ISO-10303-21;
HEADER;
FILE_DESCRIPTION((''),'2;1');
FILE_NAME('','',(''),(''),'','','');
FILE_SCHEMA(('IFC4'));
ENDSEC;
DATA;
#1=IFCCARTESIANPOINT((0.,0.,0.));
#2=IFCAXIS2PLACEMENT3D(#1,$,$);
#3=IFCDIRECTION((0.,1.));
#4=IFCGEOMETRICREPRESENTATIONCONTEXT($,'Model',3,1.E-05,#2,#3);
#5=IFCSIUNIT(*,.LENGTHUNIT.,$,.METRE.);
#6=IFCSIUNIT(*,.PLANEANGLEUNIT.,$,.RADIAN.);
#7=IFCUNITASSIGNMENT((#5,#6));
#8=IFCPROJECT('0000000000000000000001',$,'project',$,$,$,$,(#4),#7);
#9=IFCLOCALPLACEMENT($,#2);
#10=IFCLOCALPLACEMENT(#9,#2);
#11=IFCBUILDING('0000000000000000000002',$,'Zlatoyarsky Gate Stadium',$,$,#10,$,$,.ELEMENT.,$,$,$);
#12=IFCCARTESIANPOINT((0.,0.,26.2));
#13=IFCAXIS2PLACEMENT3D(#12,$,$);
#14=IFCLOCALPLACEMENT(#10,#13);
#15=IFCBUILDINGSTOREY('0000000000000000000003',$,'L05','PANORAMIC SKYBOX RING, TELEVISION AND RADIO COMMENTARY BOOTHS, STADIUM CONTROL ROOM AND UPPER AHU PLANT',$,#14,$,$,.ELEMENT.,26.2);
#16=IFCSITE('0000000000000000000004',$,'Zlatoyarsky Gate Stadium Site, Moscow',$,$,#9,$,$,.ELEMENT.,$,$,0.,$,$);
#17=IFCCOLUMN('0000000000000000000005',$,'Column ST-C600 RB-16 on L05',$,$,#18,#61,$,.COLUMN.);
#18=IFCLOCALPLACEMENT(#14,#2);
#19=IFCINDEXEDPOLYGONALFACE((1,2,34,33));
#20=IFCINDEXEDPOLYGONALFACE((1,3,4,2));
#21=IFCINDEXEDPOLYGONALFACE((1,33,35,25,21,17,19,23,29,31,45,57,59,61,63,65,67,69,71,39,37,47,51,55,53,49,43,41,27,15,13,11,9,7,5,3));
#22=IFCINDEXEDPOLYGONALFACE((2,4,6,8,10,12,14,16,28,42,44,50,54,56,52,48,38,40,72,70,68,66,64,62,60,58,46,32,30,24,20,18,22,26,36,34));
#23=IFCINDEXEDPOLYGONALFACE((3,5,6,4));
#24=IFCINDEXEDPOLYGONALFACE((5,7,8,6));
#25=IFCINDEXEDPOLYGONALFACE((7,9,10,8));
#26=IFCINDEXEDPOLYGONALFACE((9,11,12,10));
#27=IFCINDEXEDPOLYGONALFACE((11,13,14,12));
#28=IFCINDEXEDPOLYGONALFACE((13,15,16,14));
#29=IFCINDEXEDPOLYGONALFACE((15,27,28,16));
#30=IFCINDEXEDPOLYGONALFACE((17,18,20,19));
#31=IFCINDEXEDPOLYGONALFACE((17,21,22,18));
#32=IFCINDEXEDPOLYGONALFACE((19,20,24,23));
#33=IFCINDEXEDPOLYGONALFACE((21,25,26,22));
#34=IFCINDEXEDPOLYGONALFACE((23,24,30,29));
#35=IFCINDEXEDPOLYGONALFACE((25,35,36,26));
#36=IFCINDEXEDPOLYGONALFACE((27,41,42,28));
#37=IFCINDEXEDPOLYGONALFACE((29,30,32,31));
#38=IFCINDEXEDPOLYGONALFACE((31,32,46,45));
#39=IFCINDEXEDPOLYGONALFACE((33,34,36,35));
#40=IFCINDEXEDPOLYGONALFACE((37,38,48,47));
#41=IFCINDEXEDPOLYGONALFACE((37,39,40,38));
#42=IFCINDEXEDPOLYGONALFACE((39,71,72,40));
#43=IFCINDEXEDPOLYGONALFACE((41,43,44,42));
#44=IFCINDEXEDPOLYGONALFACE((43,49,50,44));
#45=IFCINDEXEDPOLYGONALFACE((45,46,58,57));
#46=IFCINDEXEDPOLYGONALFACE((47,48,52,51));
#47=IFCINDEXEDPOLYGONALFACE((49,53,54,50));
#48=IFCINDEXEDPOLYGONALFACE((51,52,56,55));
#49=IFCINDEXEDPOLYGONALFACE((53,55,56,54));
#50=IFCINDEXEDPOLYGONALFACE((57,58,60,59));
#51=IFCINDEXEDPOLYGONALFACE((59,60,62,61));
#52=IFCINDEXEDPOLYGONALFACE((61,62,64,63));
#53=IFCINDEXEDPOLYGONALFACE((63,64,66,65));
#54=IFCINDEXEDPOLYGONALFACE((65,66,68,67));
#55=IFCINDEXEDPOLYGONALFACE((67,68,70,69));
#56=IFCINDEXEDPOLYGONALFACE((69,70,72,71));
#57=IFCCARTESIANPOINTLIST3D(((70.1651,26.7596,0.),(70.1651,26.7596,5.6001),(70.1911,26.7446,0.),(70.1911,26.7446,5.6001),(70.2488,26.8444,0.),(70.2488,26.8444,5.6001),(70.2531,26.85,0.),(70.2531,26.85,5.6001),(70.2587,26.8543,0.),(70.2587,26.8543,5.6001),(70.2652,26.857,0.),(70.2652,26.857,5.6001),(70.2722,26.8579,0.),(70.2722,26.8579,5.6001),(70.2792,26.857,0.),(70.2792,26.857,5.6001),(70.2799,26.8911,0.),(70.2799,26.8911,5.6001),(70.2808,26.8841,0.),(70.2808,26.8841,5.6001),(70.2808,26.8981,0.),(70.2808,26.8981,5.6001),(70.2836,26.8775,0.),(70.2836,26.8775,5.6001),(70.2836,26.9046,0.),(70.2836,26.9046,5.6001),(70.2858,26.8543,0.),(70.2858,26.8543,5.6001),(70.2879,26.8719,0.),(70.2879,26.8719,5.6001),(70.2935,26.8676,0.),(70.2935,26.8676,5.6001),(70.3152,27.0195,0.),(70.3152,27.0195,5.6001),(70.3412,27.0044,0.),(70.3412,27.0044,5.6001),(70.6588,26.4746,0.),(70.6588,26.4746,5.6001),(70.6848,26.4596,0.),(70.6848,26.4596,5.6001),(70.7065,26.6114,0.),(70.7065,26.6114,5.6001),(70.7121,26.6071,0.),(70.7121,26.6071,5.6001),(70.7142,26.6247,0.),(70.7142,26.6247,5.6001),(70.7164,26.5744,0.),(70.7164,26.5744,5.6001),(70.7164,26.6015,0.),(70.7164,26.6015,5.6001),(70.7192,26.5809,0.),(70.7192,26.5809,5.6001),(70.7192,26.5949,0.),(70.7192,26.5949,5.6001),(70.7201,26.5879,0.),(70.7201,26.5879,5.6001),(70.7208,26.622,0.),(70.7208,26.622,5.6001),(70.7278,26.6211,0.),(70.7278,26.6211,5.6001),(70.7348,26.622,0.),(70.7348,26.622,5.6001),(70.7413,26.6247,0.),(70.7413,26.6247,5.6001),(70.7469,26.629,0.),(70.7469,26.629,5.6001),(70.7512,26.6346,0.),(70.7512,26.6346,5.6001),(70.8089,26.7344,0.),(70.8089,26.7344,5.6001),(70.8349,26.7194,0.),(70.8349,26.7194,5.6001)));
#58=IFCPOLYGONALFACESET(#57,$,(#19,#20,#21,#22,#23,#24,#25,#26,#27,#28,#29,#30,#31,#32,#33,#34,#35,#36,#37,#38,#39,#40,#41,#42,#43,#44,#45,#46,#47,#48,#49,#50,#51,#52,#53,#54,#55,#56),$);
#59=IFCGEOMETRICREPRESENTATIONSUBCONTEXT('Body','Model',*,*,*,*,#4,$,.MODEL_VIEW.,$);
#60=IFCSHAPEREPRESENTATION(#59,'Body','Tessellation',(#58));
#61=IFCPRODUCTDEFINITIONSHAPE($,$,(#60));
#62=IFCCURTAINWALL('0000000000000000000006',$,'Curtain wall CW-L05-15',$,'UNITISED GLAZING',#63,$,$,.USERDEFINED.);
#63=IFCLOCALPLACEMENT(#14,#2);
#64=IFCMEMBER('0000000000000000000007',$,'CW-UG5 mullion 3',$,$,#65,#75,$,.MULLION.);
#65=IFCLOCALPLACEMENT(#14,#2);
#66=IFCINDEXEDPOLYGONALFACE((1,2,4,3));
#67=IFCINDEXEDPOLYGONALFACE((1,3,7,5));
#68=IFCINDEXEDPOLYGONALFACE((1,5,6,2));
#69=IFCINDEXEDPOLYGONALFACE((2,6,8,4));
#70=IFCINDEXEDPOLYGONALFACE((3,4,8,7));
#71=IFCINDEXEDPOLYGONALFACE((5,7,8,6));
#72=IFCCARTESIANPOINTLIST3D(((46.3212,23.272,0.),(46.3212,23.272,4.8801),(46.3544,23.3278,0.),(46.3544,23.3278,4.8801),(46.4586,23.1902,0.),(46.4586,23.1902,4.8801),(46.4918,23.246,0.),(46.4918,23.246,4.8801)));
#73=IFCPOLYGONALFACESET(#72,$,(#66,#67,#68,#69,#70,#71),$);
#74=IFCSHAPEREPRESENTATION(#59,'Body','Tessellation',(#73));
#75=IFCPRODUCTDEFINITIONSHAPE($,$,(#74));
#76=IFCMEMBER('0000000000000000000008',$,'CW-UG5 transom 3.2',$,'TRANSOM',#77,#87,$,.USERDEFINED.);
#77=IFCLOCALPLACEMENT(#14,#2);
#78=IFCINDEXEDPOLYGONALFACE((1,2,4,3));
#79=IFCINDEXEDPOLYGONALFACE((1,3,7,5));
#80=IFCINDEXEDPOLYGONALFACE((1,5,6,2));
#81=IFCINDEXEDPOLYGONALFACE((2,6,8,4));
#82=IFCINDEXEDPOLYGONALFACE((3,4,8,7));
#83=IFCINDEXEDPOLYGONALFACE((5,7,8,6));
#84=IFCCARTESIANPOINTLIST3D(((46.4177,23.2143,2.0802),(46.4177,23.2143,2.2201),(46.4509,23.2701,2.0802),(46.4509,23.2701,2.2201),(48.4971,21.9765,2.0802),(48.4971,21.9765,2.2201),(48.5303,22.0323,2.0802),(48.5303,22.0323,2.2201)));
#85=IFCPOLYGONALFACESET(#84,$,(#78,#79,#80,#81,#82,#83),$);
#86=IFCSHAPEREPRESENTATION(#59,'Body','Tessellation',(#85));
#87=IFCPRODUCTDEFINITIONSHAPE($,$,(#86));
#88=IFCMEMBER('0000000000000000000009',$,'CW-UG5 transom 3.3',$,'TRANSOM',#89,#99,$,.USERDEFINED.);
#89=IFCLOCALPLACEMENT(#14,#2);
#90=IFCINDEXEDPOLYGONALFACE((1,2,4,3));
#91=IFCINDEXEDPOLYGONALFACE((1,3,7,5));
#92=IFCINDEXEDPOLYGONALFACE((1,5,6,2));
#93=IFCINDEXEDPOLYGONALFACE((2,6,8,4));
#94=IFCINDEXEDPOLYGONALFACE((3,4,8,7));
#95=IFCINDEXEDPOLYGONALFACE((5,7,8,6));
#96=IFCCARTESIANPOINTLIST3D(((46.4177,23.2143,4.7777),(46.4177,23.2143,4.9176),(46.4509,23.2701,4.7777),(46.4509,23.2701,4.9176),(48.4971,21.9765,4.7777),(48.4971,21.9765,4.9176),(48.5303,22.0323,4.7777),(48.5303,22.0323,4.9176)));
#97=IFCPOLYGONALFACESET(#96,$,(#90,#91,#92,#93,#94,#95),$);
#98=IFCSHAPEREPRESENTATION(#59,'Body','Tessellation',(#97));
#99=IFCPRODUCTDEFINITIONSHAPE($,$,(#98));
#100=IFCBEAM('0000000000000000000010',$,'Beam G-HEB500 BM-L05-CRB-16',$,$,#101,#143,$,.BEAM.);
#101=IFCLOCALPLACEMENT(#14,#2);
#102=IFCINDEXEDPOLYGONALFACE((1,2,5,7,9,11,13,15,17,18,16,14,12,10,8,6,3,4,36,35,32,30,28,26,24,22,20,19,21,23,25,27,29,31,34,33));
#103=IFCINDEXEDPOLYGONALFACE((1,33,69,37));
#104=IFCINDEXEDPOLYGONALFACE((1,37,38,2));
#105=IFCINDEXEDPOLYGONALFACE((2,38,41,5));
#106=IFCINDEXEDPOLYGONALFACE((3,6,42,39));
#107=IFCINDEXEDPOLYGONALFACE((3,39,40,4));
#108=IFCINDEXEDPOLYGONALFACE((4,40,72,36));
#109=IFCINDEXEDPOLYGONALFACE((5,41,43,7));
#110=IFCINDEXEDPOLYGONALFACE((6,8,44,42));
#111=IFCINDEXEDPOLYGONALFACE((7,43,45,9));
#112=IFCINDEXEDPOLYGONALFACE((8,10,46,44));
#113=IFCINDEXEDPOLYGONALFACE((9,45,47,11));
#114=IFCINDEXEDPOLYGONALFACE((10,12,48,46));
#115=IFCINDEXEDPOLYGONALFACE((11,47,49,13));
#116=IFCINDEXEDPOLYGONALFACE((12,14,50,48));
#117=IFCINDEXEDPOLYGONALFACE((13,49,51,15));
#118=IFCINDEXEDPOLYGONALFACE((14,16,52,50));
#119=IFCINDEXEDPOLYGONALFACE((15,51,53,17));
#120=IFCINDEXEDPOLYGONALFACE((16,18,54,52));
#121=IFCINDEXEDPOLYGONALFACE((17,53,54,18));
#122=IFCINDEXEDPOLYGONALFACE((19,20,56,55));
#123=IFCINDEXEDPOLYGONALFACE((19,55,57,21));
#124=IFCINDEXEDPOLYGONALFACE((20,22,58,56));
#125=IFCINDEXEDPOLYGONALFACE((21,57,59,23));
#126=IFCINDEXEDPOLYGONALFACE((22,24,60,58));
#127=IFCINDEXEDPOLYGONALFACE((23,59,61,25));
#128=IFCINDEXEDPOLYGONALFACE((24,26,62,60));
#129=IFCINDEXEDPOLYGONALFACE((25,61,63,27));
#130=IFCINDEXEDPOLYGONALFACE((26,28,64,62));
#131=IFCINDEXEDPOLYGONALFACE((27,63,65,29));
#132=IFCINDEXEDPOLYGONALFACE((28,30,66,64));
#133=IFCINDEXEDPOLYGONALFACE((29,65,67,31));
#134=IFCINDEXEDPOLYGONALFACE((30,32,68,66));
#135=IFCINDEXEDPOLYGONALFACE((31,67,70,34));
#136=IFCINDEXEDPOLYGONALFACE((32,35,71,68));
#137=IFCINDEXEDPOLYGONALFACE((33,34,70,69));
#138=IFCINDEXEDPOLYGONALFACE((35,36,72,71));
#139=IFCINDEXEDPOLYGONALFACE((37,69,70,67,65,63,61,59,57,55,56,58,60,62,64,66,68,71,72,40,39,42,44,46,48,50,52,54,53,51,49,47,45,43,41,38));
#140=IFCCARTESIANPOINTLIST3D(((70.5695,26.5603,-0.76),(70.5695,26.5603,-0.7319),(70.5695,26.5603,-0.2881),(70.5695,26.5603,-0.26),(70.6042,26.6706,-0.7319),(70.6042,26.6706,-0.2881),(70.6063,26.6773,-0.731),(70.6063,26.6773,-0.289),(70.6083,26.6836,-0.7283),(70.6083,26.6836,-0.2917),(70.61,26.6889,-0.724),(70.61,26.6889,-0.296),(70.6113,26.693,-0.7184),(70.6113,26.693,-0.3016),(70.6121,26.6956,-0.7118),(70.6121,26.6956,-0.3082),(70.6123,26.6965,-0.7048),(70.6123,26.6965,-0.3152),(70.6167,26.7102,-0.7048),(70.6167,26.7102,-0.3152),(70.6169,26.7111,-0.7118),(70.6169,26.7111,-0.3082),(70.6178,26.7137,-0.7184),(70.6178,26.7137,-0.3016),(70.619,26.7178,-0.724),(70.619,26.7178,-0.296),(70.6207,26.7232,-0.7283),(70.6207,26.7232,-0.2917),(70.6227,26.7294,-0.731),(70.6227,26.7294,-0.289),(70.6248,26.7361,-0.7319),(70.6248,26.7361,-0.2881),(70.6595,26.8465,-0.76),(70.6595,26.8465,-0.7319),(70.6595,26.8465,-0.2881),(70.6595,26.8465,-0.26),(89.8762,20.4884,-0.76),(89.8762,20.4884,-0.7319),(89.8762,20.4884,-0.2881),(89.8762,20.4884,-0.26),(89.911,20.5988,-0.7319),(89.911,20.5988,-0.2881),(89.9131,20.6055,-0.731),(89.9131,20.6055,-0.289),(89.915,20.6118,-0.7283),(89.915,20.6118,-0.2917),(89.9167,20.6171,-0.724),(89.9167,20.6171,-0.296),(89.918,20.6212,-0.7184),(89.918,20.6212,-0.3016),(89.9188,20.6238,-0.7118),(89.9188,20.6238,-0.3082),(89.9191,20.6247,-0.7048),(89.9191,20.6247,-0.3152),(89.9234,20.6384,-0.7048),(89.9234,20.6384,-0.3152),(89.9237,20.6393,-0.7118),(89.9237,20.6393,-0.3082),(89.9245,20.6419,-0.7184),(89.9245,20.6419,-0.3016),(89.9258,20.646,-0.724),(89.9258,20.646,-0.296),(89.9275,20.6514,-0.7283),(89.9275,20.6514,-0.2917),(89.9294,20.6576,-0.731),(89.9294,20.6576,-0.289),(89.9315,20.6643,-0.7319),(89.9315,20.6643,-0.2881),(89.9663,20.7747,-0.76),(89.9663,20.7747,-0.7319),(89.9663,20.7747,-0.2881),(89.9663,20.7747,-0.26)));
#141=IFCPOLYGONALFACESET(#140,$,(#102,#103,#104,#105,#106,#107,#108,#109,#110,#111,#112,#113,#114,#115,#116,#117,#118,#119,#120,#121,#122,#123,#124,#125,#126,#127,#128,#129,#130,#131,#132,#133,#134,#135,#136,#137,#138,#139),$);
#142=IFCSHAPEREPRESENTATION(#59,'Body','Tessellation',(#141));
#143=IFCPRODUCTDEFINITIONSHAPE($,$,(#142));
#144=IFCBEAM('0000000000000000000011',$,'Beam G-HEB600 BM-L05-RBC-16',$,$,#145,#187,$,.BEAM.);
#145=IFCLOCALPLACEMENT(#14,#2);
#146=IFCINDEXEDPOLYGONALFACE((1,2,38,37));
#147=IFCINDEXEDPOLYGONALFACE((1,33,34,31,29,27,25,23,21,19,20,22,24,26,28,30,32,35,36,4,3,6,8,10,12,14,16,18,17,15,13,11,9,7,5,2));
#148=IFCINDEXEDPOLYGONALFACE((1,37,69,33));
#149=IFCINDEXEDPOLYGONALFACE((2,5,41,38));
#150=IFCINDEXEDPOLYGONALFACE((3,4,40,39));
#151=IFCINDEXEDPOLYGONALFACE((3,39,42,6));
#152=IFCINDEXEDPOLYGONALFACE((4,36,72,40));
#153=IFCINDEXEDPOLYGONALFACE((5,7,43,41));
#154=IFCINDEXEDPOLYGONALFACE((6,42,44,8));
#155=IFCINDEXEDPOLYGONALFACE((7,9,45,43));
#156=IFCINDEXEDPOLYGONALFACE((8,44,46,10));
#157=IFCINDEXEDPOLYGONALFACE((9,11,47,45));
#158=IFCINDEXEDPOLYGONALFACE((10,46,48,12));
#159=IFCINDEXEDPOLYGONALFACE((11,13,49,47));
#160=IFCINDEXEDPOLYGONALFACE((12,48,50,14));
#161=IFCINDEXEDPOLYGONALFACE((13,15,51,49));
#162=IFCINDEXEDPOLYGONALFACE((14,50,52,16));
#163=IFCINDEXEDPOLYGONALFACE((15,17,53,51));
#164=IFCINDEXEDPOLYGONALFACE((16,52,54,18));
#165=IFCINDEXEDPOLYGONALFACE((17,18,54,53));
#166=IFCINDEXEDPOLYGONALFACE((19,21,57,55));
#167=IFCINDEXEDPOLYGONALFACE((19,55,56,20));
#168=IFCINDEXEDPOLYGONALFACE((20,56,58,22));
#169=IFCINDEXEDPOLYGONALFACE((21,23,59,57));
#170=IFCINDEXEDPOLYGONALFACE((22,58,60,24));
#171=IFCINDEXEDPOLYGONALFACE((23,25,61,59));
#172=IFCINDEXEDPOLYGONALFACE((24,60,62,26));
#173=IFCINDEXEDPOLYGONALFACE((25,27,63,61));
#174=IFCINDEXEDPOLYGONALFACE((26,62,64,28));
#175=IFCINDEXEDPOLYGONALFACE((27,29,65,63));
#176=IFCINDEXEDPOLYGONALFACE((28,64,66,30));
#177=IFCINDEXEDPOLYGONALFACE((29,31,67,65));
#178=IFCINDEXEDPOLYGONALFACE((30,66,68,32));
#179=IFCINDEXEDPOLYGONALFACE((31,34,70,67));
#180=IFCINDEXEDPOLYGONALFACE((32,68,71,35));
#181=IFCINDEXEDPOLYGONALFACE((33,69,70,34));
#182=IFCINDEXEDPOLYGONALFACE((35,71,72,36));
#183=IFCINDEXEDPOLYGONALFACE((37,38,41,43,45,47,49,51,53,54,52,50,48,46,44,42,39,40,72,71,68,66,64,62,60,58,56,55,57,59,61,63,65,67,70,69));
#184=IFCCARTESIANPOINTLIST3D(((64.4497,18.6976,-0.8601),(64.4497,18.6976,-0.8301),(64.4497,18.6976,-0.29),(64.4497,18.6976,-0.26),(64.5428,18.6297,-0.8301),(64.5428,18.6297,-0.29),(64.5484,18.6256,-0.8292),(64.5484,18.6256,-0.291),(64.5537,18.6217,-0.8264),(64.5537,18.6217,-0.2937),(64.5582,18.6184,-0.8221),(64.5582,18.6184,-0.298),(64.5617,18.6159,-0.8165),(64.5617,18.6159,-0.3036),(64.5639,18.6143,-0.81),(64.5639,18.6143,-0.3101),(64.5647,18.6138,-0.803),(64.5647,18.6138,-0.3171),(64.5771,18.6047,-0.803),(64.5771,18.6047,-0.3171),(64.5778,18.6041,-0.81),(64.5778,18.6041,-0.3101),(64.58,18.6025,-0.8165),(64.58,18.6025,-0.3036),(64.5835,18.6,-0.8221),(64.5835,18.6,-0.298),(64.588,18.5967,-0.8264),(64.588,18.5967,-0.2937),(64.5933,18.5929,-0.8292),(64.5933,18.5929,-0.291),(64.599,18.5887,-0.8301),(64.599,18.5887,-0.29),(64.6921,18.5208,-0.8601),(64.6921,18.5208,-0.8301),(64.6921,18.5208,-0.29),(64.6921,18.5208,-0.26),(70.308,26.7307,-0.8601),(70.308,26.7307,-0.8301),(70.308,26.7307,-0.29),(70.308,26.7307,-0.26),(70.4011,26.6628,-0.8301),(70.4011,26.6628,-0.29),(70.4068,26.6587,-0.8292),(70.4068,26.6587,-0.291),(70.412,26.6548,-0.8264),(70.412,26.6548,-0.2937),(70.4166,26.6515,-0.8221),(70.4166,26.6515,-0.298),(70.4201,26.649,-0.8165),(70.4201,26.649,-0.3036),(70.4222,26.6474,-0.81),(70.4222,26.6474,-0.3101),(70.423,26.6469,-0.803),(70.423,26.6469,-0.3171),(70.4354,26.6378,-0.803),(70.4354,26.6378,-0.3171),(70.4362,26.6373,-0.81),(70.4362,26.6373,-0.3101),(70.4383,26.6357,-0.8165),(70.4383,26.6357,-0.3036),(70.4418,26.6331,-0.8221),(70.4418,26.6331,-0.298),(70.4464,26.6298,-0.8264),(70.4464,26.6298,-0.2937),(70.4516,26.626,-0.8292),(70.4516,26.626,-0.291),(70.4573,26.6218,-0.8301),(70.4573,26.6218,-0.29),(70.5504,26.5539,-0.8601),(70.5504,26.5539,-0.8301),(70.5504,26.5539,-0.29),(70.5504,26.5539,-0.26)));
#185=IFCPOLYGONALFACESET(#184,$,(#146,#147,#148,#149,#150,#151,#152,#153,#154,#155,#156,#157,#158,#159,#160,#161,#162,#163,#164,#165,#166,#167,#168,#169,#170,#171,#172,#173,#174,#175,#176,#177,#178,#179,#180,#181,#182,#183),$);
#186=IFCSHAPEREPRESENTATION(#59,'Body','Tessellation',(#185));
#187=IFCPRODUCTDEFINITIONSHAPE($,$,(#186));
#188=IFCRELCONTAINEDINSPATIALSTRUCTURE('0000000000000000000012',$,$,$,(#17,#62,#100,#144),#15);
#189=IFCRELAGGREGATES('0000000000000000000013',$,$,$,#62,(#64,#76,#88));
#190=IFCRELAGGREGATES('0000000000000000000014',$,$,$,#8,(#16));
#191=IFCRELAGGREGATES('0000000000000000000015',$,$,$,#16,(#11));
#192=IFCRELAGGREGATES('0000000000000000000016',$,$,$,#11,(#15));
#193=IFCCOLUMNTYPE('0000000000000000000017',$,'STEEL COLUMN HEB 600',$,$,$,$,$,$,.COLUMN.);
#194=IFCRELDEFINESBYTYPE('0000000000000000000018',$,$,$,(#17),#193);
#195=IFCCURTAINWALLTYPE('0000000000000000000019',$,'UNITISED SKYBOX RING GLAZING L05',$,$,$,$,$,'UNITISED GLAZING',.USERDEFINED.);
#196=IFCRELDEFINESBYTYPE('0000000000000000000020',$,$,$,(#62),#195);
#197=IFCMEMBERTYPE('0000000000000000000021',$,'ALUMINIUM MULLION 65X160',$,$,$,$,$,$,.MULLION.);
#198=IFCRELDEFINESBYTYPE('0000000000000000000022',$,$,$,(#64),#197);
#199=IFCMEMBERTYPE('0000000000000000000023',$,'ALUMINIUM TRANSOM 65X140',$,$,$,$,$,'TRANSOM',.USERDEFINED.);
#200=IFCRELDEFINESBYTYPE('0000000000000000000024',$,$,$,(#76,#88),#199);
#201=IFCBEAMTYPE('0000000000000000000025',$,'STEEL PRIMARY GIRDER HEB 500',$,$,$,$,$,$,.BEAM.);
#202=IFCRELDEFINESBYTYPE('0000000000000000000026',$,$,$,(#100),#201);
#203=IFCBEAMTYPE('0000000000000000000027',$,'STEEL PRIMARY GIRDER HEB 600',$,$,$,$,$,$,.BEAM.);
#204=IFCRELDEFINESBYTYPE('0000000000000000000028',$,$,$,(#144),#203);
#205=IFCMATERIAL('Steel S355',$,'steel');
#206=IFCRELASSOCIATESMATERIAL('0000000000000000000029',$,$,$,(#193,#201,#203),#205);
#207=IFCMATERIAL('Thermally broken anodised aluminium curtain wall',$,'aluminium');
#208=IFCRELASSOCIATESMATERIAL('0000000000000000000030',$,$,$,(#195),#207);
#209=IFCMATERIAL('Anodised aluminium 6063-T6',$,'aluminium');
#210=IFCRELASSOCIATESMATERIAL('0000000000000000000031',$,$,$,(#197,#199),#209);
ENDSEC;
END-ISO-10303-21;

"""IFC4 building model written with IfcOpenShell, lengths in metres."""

from ifc_helpers import new_model, si_unit, direction, frame, origin, origin_2d, place, context, subcontext, project, spatial, rectangle, i_section, extrude, material, material_profile, profile_set, type_object, element, aggregate, save


model = new_model("IFC4")

# Units and contexts
model_context = context("Model", 3, precision=1e-05, world=origin(), true_north=direction((0.0, 1.0)))
body_context = subcontext(model_context, "Body", "Model", "MODEL_VIEW")
ifc_project = project(units=[si_unit("LENGTHUNIT", "METRE"), si_unit("PLANEANGLEUNIT", "RADIAN")], contexts=[model_context])

# Site, building, storey
site_placement = place(None, origin())
site = spatial("IfcSite", under=ifc_project, at=site_placement, Name="Zlatoyarsky Gate Stadium Site, Moscow", CompositionType="ELEMENT", RefElevation=0.0)
building_placement = place(site_placement, origin())
building = spatial("IfcBuilding", under=site, at=building_placement, Name="Zlatoyarsky Gate Stadium", CompositionType="ELEMENT")
storey_placement = place(building_placement, frame((0.0, 0.0, 26.2)))
storey = spatial("IfcBuildingStorey", under=building, at=storey_placement, Name="L05", Description="PANORAMIC SKYBOX RING, TELEVISION AND RADIO COMMENTARY BOOTHS, STADIUM CONTROL ROOM AND UPPER AHU PLANT", CompositionType="ELEMENT", Elevation=26.2)

# Column
ifc_material_1 = material(Name="Steel S355", Category="steel")
ifc_material_profile_1 = material_profile(ifc_material_1, i_section(OverallWidth=0.3, OverallDepth=0.6001, WebThickness=0.0154, FlangeThickness=0.03, FilletRadius=0.0271, at=origin_2d()), Name="HEB 600")
ifc_profile_set_1 = profile_set([ifc_material_profile_1], Name="Steel S355")
column_type = type_object("IfcColumnType", Name="STEEL COLUMN HEB 600", PredefinedType="COLUMN", material=ifc_profile_set_1)
column_placement = place(storey_placement, frame((70.5, 26.7395, 0.0), z_axis=(0.0, 0.0, 1.0), x_axis=(-0.5, -0.866025, 0.0)))
element("IfcColumn", 1, at=column_placement, inside=storey, type_object=column_type, Name="Column ST-C600 RB-16 on L05", PredefinedType="COLUMN", context=body_context, shape_type="SweptSolid", body=[
    extrude(i_section(OverallWidth=0.3, OverallDepth=0.6001, WebThickness=0.0154, FlangeThickness=0.03, FilletRadius=0.0271, at=origin_2d()), origin(), (0.0, 0.0, 1.0), 5.6001),
])

# Curtain wall, members
ifc_material_2 = material(Name="Thermally broken anodised aluminium curtain wall", Category="aluminium")
curtain_wall_type = type_object("IfcCurtainWallType", Name="UNITISED SKYBOX RING GLAZING L05", ElementType="UNITISED GLAZING", PredefinedType="USERDEFINED", material=ifc_material_2)
curtain_wall_placement = place(storey_placement, origin())
curtain_wall = element("IfcCurtainWall", 2, at=curtain_wall_placement, inside=storey, type_object=curtain_wall_type, Name="Curtain wall CW-L05-15", ObjectType="UNITISED GLAZING", PredefinedType="USERDEFINED")
ifc_material_3 = material(Name="Anodised aluminium 6063-T6", Category="aluminium")
ifc_material_profile_2 = material_profile(ifc_material_3, rectangle(XDim=0.0649, YDim=0.1599, at=origin_2d()), Name="ALU 65X160")
ifc_profile_set_2 = profile_set([ifc_material_profile_2], Name="Anodised aluminium 6063-T6")
member_type_1 = type_object("IfcMemberType", Name="ALUMINIUM MULLION 65X160", PredefinedType="MULLION", material=ifc_profile_set_2)
member_1_placement = place(storey_placement, frame((46.4065, 23.259, 0.0), z_axis=(0.0, 0.0, 1.0), x_axis=(0.511577, 0.859237, 0.0)))
member_1 = element("IfcMember", 3, at=member_1_placement, type_object=member_type_1, Name="CW-UG5 mullion 3", PredefinedType="MULLION", context=body_context, shape_type="SweptSolid", body=[
    extrude(rectangle(XDim=0.0649, YDim=0.1599, at=origin_2d()), origin(), (0.0, 0.0, 1.0), 4.8801),
])
ifc_material_profile_3 = material_profile(ifc_material_3, rectangle(XDim=0.0649, YDim=0.1399, at=origin_2d()), Name="ALU 65X140")
ifc_profile_set_3 = profile_set([ifc_material_profile_3], Name="Anodised aluminium 6063-T6")
member_type_2 = type_object("IfcMemberType", Name="ALUMINIUM TRANSOM 65X140", ElementType="TRANSOM", PredefinedType="USERDEFINED", material=ifc_profile_set_3)
member_2_placement = place(storey_placement, frame((46.4343, 23.2422, 2.1501), z_axis=(0.859277, -0.51151, 0.0), x_axis=(0.51151, 0.859277, 0.0)))
member_2 = element("IfcMember", 4, at=member_2_placement, type_object=member_type_2, Name="CW-UG5 transom 3.2", ObjectType="TRANSOM", PredefinedType="USERDEFINED", context=body_context, shape_type="SweptSolid", body=[
    extrude(rectangle(XDim=0.0649, YDim=0.1399, at=origin_2d()), origin(), (0.0, 0.0, 1.0), 2.4199),
])
member_3_placement = place(storey_placement, frame((46.4343, 23.2422, 4.8477), z_axis=(0.859277, -0.51151, 0.0), x_axis=(0.51151, 0.859277, 0.0)))
member_3 = element("IfcMember", 5, at=member_3_placement, type_object=member_type_2, Name="CW-UG5 transom 3.3", ObjectType="TRANSOM", PredefinedType="USERDEFINED", context=body_context, shape_type="SweptSolid", body=[
    extrude(rectangle(XDim=0.0649, YDim=0.1399, at=origin_2d()), origin(), (0.0, 0.0, 1.0), 2.4199),
])

# Beams
ifc_material_profile_4 = material_profile(ifc_material_1, i_section(OverallWidth=0.3, OverallDepth=0.5, WebThickness=0.0144, FlangeThickness=0.0281, FilletRadius=0.0271, at=origin_2d()), Name="HEB 500")
ifc_profile_set_4 = profile_set([ifc_material_profile_4], Name="Steel S355")
beam_type_1 = type_object("IfcBeamType", Name="STEEL PRIMARY GIRDER HEB 500", PredefinedType="BEAM", material=ifc_profile_set_4)
beam_1_placement = place(storey_placement, frame((70.6145, 26.7034, -0.51), z_axis=(0.953938, -0.300005, 0.0), x_axis=(0.300005, 0.953938, 0.0)))
element("IfcBeam", 6, at=beam_1_placement, inside=storey, type_object=beam_type_1, Name="Beam G-HEB500 BM-L05-CRB-16", PredefinedType="BEAM", context=body_context, shape_type="SweptSolid", body=[
    extrude(i_section(OverallWidth=0.3, OverallDepth=0.5, WebThickness=0.0144, FlangeThickness=0.0281, FilletRadius=0.0271, at=origin_2d()), origin(), (0.0, 0.0, 1.0), 20.239),
])
ifc_material_profile_5 = material_profile(ifc_material_1, i_section(OverallWidth=0.3, OverallDepth=0.6001, WebThickness=0.0154, FlangeThickness=0.03, FilletRadius=0.0271, at=origin_2d()), Name="HEB 600")
ifc_profile_set_5 = profile_set([ifc_material_profile_5], Name="Steel S355")
beam_type_2 = type_object("IfcBeamType", Name="STEEL PRIMARY GIRDER HEB 600", PredefinedType="BEAM", material=ifc_profile_set_5)
beam_2_placement = place(storey_placement, frame((70.4292, 26.6423, -0.5601), z_axis=(-0.589228, -0.807967, 0.0), x_axis=(0.807967, -0.589228, 0.0)))
element("IfcBeam", 7, at=beam_2_placement, inside=storey, type_object=beam_type_2, Name="Beam G-HEB600 BM-L05-RBC-16", PredefinedType="BEAM", context=body_context, shape_type="SweptSolid", body=[
    extrude(i_section(OverallWidth=0.3, OverallDepth=0.6001, WebThickness=0.0154, FlangeThickness=0.03, FilletRadius=0.0271, at=origin_2d()), origin(), (0.0, 0.0, 1.0), 9.9424),
])

aggregate(curtain_wall, [member_1, member_2, member_3])

save(model, "model.ifc")
